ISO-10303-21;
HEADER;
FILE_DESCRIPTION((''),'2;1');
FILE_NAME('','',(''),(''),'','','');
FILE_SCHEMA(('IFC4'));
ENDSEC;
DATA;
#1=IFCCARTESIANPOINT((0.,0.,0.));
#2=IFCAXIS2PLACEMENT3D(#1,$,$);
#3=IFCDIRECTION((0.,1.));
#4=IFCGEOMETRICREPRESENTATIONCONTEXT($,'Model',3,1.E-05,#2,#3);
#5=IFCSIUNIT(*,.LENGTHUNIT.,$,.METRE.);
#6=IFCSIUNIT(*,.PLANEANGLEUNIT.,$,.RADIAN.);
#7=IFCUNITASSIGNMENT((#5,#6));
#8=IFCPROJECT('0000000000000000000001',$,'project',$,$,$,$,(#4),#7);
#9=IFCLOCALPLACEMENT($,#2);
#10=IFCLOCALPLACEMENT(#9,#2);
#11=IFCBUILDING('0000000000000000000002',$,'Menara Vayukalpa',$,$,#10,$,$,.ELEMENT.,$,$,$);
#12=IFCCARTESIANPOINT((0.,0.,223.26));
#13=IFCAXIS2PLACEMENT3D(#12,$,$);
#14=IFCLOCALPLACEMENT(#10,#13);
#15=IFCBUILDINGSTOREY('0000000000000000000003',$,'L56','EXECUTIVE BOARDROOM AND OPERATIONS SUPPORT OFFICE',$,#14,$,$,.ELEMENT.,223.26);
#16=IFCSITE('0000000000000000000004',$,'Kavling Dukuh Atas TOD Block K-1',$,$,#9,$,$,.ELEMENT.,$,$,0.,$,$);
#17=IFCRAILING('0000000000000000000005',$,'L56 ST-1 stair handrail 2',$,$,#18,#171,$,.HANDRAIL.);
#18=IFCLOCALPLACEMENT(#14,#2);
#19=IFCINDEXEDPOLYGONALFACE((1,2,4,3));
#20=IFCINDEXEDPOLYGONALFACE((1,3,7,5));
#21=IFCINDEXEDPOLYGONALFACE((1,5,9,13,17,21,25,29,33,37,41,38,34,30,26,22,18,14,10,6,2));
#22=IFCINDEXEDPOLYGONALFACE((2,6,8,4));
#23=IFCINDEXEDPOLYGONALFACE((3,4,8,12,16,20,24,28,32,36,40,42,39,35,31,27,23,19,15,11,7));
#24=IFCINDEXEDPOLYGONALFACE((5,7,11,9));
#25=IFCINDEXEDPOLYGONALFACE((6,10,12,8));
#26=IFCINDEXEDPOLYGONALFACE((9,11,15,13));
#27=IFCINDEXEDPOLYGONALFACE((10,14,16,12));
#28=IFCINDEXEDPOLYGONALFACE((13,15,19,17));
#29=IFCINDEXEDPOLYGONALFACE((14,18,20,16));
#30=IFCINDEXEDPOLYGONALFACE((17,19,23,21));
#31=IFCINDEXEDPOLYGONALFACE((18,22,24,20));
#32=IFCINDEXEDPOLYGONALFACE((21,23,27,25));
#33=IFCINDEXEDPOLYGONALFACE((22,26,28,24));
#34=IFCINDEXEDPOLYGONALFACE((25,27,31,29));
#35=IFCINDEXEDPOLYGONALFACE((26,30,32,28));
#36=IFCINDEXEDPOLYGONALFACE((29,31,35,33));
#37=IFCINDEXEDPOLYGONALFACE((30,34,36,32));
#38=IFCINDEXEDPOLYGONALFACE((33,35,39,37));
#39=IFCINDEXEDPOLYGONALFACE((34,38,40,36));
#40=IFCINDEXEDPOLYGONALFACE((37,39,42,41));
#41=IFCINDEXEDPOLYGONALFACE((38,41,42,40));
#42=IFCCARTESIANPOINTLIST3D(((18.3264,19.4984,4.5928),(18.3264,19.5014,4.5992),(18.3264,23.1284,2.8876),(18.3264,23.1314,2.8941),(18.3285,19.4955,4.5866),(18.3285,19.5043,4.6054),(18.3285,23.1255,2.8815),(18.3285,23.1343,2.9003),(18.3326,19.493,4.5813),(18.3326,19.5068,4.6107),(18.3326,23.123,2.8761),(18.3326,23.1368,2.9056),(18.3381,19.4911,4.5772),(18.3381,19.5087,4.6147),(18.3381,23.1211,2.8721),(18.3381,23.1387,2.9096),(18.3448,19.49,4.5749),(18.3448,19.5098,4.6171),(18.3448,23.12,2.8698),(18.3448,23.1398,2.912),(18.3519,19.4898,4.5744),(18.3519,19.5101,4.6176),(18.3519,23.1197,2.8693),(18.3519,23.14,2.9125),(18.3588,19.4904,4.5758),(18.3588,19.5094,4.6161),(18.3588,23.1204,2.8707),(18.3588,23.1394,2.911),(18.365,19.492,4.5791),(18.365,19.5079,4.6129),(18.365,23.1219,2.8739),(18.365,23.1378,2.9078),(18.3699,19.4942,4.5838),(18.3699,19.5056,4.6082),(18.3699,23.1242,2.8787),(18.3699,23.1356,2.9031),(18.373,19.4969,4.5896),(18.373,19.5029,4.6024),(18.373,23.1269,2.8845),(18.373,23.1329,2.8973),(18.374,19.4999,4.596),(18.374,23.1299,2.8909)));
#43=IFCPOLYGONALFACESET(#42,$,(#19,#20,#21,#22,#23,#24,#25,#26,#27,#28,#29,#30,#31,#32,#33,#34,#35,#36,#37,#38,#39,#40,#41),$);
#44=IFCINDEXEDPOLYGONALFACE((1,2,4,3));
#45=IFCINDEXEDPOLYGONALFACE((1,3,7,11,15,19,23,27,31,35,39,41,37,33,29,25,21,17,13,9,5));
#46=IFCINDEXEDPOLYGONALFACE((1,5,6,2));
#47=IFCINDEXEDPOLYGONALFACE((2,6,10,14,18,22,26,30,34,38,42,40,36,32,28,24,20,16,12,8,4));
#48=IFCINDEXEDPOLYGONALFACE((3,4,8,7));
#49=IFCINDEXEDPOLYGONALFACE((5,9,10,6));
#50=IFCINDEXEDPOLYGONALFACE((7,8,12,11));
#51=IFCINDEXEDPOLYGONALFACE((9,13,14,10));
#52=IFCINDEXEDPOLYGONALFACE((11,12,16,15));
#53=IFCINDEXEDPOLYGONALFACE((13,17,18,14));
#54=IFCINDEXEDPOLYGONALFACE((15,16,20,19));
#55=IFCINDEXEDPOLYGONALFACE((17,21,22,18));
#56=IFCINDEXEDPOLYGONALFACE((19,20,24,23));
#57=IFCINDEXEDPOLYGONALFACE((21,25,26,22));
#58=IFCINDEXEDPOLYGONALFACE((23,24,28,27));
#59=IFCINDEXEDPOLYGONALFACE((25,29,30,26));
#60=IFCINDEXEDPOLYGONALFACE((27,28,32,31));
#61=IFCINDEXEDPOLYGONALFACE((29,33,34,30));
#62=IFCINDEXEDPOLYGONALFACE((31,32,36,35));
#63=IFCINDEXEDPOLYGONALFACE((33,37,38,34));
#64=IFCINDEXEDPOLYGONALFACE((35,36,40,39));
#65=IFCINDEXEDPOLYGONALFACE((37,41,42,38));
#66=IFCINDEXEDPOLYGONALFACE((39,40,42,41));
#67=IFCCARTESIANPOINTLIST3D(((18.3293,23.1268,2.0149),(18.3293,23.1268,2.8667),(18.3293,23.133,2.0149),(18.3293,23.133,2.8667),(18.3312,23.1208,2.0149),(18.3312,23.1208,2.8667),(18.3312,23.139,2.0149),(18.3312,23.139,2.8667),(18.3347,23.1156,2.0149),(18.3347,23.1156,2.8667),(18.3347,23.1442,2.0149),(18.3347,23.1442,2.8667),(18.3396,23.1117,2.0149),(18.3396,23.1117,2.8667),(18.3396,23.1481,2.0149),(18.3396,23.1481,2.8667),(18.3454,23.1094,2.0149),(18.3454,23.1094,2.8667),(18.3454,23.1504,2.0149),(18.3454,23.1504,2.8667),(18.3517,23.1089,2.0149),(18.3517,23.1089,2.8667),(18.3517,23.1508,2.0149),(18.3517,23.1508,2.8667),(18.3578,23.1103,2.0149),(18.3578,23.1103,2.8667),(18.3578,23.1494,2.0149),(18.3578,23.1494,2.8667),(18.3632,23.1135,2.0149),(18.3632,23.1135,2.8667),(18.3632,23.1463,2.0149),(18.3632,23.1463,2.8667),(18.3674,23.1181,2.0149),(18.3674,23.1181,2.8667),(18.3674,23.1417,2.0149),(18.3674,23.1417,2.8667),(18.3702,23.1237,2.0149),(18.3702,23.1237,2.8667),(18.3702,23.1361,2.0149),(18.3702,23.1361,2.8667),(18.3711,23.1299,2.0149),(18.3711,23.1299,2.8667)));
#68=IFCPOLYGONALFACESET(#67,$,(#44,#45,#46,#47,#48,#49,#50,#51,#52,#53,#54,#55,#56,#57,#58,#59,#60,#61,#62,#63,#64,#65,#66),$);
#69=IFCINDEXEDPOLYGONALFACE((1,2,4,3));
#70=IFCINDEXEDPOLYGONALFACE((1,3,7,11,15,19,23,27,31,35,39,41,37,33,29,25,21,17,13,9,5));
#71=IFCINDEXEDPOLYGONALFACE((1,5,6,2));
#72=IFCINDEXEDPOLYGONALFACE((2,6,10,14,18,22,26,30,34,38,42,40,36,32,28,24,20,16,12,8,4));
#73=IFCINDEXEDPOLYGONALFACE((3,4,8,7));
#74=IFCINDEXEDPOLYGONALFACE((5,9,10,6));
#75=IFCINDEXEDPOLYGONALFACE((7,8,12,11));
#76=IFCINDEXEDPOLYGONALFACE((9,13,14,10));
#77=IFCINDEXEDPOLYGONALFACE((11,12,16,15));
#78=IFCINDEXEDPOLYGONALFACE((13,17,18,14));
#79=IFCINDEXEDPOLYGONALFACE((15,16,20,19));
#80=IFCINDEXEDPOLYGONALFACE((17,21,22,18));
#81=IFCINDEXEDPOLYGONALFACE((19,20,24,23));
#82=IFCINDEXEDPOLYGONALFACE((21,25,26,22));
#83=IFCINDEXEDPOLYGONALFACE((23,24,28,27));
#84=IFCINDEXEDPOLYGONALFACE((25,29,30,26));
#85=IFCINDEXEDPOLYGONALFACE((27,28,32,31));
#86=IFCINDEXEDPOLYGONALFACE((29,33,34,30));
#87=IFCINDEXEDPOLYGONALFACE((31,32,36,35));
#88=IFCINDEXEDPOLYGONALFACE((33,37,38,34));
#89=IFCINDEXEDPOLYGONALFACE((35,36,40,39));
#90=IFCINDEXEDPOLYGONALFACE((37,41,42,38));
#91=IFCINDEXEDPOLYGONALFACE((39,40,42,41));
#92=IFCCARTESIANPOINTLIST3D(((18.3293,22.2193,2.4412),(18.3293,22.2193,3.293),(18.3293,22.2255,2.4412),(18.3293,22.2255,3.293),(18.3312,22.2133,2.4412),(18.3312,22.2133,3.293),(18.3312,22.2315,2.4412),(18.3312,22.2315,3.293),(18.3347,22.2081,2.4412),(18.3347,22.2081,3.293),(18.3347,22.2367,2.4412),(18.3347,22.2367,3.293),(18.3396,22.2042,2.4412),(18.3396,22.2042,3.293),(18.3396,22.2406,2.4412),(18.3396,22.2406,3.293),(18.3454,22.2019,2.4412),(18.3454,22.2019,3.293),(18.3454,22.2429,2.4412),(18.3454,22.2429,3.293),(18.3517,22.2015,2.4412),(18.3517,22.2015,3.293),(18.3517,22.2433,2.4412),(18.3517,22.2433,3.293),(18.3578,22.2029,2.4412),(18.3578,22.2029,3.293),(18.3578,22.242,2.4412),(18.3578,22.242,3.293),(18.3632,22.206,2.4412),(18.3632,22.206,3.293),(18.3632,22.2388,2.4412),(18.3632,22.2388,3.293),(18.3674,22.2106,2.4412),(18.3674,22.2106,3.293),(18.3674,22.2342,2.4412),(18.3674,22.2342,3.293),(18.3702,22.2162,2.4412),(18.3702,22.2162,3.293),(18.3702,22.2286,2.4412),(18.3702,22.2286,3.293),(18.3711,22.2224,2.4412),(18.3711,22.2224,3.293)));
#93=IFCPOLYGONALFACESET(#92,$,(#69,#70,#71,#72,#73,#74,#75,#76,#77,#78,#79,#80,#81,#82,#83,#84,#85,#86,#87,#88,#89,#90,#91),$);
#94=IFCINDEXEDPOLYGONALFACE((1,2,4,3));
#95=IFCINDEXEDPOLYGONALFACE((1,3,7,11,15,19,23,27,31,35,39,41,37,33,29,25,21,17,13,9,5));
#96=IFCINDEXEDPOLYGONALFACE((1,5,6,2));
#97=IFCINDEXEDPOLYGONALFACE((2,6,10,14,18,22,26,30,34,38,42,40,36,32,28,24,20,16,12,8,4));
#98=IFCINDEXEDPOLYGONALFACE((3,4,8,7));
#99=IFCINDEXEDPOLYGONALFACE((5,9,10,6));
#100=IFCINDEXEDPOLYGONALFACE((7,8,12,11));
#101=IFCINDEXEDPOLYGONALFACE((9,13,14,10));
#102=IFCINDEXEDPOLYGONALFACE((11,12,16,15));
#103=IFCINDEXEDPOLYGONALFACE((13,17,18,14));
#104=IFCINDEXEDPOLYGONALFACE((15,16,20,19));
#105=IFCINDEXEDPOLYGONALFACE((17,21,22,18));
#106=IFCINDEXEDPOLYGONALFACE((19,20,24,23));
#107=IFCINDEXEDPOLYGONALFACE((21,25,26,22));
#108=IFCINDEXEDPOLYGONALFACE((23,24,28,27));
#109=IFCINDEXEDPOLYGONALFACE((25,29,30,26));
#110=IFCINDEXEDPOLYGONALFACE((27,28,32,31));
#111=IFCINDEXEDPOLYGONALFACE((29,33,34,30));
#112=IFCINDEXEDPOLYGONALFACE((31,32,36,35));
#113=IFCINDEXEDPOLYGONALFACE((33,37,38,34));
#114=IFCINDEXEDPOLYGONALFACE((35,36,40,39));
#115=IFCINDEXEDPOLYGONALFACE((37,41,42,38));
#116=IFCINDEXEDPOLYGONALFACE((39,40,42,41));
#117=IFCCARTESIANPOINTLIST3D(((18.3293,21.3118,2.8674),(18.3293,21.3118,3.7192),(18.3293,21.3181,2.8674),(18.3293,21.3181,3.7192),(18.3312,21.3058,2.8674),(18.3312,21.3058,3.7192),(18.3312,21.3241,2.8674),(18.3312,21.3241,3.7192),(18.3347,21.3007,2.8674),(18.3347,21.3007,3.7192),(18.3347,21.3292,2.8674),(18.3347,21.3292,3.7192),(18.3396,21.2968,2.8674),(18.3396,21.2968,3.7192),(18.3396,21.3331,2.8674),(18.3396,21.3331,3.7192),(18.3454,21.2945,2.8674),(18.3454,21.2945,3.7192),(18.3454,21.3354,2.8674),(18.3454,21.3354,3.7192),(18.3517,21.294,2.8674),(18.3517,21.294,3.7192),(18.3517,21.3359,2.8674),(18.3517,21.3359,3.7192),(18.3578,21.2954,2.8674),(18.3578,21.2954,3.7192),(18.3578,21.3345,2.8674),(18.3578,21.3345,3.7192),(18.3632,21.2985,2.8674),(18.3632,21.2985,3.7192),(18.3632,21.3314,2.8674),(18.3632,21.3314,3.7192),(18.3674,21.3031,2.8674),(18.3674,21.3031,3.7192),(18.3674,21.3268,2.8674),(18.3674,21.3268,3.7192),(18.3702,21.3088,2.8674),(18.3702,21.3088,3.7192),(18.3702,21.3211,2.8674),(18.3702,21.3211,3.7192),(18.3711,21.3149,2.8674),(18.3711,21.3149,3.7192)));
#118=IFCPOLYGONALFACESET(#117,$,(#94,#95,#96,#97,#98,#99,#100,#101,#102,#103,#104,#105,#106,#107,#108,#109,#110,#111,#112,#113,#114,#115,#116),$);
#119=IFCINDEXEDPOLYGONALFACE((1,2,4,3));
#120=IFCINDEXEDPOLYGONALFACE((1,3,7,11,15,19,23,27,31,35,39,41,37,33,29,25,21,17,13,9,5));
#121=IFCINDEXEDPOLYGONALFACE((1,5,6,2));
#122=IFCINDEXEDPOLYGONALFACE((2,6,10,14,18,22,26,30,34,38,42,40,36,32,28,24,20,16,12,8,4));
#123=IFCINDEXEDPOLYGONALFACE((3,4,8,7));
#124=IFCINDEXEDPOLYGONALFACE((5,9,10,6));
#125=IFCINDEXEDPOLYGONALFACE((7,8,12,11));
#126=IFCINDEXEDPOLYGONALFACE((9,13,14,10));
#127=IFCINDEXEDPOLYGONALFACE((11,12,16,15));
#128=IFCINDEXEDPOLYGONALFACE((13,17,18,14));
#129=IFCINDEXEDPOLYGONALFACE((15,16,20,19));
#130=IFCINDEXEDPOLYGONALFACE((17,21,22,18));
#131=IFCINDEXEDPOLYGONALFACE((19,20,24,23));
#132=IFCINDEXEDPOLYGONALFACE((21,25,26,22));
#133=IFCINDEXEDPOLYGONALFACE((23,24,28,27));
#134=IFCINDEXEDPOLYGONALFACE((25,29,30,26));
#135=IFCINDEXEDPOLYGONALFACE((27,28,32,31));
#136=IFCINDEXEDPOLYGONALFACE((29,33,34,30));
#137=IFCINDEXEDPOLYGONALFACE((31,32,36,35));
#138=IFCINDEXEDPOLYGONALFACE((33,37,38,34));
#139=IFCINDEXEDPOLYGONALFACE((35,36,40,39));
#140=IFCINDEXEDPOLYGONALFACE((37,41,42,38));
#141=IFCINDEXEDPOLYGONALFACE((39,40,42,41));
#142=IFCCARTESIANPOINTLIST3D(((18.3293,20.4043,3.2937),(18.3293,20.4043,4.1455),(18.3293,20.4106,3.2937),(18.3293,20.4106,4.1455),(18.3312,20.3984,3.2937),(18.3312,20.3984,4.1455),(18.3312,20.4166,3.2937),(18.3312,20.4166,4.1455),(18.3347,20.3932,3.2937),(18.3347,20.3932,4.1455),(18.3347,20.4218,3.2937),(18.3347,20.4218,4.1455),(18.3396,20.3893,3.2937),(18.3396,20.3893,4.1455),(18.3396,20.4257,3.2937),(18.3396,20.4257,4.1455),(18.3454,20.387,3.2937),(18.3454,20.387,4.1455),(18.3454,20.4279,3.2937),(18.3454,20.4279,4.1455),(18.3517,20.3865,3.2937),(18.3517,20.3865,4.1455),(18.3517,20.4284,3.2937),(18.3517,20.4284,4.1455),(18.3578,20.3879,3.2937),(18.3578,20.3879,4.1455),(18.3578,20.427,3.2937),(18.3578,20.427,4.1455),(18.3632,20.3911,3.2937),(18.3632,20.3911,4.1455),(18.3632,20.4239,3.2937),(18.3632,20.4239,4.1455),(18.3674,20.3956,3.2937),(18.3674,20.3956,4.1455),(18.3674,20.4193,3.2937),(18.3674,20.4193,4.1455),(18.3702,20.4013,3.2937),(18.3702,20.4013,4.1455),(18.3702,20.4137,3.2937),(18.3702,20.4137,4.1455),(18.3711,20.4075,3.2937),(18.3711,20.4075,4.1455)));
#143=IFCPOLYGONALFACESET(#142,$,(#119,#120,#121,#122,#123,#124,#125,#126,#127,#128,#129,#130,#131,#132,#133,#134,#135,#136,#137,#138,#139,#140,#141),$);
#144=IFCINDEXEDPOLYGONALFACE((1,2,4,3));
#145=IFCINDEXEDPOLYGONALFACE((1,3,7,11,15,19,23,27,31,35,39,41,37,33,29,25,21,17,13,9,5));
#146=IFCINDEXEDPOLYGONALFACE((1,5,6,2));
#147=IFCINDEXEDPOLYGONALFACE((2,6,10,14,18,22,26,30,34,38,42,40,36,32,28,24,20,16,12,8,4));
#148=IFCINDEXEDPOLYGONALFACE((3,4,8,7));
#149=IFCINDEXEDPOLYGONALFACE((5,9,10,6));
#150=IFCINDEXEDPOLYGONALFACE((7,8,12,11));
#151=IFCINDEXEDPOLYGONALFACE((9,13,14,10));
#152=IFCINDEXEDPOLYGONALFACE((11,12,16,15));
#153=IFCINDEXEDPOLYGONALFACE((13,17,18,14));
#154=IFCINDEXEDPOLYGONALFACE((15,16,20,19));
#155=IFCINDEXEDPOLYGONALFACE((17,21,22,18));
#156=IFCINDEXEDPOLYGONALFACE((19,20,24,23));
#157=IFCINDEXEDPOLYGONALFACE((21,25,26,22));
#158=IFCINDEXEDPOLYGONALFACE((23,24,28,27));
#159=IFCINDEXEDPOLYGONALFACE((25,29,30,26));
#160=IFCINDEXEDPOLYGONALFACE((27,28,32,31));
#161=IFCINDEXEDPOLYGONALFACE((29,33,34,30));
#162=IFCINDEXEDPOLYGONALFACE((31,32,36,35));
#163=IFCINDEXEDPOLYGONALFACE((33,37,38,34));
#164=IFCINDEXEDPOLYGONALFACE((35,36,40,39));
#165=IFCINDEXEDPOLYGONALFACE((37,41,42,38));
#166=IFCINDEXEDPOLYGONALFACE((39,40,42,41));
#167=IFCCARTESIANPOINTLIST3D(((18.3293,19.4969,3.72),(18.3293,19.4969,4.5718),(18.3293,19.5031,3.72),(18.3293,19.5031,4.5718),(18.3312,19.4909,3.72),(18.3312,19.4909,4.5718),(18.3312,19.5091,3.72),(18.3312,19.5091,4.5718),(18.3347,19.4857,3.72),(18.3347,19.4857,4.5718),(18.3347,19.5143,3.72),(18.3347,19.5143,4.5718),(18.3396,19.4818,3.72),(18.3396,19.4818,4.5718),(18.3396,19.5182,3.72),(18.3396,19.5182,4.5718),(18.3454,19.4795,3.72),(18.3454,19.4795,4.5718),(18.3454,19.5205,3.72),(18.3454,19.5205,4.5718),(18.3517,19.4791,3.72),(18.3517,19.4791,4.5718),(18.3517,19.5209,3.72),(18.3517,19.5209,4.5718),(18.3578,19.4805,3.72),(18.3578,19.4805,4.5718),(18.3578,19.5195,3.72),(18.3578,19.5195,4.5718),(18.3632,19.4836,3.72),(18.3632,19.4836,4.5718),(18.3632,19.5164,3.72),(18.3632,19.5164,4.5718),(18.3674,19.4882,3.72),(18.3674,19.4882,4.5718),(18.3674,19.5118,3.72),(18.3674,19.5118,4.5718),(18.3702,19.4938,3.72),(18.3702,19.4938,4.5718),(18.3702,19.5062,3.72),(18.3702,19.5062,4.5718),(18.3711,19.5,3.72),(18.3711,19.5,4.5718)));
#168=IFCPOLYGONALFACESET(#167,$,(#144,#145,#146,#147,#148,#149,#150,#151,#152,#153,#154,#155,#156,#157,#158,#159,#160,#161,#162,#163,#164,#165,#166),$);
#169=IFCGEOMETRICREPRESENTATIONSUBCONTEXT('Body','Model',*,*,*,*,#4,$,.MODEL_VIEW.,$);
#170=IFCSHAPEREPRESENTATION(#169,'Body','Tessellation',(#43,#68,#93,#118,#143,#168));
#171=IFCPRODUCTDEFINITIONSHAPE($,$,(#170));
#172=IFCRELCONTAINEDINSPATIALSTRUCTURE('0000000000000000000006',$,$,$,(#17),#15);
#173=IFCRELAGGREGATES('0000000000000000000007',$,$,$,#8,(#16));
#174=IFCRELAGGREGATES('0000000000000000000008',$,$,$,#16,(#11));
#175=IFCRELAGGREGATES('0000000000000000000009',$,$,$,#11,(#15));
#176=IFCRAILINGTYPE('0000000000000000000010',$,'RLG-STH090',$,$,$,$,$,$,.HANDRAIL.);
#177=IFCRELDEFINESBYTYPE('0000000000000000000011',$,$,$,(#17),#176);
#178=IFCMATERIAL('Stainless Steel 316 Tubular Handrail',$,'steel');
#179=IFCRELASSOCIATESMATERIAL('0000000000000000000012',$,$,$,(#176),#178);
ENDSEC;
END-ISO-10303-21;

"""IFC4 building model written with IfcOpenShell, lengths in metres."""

from ifc_helpers import new_model, si_unit, direction, frame, origin, origin_2d, place, context, subcontext, project, spatial, circle, extrude, material, type_object, element, save


model = new_model("IFC4")

# Units and contexts
model_context = context("Model", 3, precision=1e-05, world=origin(), true_north=direction((0.0, 1.0)))
body_context = subcontext(model_context, "Body", "Model", "MODEL_VIEW")
ifc_project = project(units=[si_unit("LENGTHUNIT", "METRE"), si_unit("PLANEANGLEUNIT", "RADIAN")], contexts=[model_context])

# Site, building, storey
site_placement = place(None, origin())
site = spatial("IfcSite", under=ifc_project, at=site_placement, Name="Kavling Dukuh Atas TOD Block K-1", CompositionType="ELEMENT", RefElevation=0.0)
building_placement = place(site_placement, origin())
building = spatial("IfcBuilding", under=site, at=building_placement, Name="Menara Vayukalpa", CompositionType="ELEMENT")
storey_placement = place(building_placement, frame((0.0, 0.0, 223.26)))
storey = spatial("IfcBuildingStorey", under=building, at=storey_placement, Name="L56", Description="EXECUTIVE BOARDROOM AND OPERATIONS SUPPORT OFFICE", CompositionType="ELEMENT", Elevation=223.26)

# Railing
ifc_material_1 = material(Name="Stainless Steel 316 Tubular Handrail", Category="steel")
railing_type_1 = type_object("IfcRailingType", Name="RLG-STH090", PredefinedType="HANDRAIL", material=ifc_material_1)
railing_1_placement = place(storey_placement, frame((18.3501, 23.1299, 2.0149)))
element("IfcRailing", 1, at=railing_1_placement, inside=storey, type_object=railing_type_1, Name="L56 ST-1 stair handrail 2", PredefinedType="HANDRAIL", context=body_context, shape_type="SweptSolid", body=[
    extrude(circle(Radius=0.0239, at=origin_2d()), frame((0.0, 0.0, 0.876), z_axis=(0.0, -0.905116, 0.425164), x_axis=(1.0, 0.0, 0.0)), (0.0, 0.0, 1.0), 4.0105),
    extrude(circle(Radius=0.021, at=origin_2d()), origin(), (0.0, 0.0, 1.0), 0.8518),
    extrude(circle(Radius=0.021, at=origin_2d()), frame((0.0, -0.9075, 0.4263)), (0.0, 0.0, 1.0), 0.8518),
    extrude(circle(Radius=0.021, at=origin_2d()), frame((0.0, -1.8149, 0.8525)), (0.0, 0.0, 1.0), 0.8518),
    extrude(circle(Radius=0.021, at=origin_2d()), frame((0.0, -2.7224, 1.2788)), (0.0, 0.0, 1.0), 0.8518),
    extrude(circle(Radius=0.021, at=origin_2d()), frame((0.0, -3.6299, 1.7051)), (0.0, 0.0, 1.0), 0.8518),
])

save(model, "model.ifc")
